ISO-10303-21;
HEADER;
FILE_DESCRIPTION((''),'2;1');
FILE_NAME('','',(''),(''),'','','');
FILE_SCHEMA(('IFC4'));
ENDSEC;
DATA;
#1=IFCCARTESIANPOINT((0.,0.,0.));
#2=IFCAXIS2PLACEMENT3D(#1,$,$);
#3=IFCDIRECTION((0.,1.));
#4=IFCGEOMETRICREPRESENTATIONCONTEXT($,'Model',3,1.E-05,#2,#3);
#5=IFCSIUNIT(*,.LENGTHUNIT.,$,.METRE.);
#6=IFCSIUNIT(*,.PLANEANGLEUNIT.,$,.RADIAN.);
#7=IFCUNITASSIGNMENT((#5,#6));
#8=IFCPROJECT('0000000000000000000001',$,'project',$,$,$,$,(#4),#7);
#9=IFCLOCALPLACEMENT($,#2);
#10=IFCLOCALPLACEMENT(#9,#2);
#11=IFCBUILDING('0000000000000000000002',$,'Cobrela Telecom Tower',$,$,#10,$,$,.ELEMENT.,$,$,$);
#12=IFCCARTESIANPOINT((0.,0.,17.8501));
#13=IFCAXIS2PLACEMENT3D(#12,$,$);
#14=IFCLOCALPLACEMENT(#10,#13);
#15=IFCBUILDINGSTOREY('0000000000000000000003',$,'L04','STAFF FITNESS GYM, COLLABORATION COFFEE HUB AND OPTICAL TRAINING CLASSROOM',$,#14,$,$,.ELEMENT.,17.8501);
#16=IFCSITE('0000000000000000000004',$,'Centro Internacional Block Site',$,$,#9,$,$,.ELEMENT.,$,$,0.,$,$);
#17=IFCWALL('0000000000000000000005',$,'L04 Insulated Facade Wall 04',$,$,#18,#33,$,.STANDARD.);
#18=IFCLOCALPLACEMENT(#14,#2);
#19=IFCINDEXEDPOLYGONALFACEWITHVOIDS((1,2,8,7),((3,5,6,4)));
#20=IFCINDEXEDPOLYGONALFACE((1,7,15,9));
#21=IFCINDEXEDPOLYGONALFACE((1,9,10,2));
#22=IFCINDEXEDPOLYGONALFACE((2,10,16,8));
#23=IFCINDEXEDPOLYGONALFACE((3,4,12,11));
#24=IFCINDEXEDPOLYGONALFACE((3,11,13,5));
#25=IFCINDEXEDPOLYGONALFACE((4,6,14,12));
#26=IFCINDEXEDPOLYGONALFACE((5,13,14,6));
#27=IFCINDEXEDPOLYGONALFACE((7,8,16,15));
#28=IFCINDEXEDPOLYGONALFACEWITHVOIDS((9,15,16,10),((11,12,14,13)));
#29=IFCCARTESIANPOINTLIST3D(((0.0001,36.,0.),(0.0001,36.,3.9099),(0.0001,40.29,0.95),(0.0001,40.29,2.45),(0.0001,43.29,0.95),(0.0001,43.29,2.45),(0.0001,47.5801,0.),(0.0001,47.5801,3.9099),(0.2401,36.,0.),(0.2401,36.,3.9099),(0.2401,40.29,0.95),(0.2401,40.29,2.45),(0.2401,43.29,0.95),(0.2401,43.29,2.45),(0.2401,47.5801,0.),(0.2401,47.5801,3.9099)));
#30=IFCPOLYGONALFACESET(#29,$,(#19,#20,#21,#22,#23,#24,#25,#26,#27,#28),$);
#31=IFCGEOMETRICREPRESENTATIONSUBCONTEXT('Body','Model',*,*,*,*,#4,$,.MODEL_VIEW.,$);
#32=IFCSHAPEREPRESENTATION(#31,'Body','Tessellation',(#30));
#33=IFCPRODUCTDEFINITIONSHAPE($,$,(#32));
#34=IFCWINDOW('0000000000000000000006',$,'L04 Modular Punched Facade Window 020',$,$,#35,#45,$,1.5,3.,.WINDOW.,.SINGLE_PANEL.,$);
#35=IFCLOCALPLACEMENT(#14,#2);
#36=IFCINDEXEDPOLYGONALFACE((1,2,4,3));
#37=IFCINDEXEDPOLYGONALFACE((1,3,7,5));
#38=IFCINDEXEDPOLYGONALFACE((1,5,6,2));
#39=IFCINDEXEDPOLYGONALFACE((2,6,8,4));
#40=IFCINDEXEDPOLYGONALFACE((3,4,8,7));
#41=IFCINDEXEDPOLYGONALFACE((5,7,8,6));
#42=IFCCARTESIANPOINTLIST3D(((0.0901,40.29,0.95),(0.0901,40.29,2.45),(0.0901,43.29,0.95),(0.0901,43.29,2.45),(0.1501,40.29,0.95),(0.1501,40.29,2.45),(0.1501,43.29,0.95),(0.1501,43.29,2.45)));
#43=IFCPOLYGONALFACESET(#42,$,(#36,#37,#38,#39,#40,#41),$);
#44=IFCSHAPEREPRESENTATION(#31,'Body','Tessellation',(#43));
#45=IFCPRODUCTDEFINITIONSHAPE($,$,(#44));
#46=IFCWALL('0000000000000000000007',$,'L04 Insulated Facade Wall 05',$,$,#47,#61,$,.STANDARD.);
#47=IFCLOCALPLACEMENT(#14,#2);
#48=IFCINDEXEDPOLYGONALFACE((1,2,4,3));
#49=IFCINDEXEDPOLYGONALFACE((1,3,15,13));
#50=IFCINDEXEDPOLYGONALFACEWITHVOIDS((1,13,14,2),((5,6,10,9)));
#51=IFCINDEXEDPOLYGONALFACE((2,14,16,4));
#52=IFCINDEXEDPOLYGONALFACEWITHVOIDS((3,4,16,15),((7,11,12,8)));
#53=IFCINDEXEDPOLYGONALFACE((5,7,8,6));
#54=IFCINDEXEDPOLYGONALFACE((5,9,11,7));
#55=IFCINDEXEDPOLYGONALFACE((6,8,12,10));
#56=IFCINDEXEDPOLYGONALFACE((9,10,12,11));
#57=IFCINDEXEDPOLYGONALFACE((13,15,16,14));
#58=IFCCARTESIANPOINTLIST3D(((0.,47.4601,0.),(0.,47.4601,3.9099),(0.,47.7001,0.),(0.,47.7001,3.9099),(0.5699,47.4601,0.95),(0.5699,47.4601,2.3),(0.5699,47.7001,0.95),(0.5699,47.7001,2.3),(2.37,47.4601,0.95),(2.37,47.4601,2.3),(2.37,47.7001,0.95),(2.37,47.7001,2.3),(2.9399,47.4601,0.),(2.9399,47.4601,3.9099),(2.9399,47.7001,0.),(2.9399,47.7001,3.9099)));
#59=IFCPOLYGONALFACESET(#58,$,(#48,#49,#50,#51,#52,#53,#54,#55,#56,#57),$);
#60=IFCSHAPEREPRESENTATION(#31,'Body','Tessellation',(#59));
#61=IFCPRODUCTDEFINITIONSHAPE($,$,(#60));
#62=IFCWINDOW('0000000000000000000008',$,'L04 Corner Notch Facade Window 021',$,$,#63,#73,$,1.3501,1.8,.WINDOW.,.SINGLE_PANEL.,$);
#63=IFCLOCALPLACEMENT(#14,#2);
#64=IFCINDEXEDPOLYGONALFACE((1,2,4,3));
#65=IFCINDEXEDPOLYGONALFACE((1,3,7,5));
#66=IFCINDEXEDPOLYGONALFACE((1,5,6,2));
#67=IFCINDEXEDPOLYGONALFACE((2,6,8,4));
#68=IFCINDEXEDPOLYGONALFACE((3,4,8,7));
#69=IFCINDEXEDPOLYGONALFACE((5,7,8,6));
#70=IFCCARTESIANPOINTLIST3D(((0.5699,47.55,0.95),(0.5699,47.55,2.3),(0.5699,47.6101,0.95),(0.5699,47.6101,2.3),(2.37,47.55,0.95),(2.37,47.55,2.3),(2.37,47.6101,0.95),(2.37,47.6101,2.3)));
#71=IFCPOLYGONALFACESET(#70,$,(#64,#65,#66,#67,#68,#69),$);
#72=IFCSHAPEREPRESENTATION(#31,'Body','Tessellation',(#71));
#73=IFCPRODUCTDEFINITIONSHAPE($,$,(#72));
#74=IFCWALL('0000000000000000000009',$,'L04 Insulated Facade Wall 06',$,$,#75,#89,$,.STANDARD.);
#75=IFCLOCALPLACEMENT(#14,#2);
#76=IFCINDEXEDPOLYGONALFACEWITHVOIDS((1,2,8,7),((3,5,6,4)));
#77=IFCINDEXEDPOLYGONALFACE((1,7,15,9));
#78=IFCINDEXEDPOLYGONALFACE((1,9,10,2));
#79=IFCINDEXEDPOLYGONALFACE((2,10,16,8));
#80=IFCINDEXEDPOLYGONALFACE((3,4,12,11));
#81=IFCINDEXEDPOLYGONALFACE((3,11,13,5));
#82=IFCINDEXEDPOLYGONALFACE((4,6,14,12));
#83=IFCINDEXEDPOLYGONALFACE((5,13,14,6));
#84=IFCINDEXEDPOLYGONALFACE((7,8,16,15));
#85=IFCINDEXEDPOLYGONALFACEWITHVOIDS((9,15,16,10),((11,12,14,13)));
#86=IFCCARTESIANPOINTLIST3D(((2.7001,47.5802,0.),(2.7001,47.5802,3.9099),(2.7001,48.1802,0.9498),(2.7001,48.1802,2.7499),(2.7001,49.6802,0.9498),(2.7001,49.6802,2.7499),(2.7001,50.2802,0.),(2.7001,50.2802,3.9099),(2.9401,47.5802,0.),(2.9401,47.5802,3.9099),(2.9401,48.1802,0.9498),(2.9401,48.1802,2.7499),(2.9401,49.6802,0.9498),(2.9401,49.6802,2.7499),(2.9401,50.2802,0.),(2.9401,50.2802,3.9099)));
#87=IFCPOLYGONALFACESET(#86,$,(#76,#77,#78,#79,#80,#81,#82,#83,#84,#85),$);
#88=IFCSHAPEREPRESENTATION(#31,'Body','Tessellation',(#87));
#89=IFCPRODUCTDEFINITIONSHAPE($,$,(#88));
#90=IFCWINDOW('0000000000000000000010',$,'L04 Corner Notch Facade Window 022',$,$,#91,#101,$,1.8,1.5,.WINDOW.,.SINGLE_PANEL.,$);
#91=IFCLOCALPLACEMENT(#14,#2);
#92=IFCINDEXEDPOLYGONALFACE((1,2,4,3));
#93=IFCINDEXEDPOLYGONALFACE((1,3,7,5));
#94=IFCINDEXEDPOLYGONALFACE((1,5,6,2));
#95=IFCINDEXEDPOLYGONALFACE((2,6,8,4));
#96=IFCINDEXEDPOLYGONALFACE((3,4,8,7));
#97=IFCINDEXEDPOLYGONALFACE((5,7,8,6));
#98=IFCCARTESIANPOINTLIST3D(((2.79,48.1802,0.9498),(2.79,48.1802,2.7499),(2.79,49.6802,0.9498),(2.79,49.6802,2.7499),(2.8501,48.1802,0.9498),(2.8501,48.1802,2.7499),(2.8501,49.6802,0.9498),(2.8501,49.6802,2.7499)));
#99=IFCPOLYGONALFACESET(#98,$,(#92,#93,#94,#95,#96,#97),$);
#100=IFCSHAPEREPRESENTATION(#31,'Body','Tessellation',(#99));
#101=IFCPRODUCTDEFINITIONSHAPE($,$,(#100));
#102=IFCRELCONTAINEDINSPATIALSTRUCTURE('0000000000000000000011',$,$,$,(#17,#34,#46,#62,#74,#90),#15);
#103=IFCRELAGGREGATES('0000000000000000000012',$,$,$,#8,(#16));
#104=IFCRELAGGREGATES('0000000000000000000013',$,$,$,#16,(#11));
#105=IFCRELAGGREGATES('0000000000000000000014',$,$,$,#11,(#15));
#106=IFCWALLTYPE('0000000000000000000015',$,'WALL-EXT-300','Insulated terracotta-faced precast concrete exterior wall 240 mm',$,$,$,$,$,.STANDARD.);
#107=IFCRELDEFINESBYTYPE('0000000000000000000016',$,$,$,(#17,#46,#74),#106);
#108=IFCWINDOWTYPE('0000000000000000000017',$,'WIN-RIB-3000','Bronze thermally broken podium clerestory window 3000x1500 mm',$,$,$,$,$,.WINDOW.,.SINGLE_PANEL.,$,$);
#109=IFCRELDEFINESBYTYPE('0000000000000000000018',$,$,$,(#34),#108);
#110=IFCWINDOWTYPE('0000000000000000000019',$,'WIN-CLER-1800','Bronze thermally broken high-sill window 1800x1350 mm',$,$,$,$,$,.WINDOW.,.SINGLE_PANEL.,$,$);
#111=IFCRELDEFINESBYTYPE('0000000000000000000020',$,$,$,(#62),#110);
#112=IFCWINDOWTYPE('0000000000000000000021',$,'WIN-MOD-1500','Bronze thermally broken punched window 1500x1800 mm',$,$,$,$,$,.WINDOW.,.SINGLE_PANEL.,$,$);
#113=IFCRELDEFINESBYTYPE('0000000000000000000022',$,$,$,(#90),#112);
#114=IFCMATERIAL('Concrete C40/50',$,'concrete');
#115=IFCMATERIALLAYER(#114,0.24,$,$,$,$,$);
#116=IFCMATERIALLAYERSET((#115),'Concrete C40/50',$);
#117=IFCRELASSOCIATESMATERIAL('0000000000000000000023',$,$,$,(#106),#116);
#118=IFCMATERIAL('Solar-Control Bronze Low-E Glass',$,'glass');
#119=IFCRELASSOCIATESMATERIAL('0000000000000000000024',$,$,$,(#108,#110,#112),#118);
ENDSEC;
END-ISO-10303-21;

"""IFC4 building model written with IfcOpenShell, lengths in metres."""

from ifc_helpers import new_model, si_unit, direction, frame, frame_2d, origin, place, context, subcontext, project, spatial, rectangle, extrude, material, layer, layer_set, type_object, element, fill, save


model = new_model("IFC4")

# Units and contexts
model_context = context("Model", 3, precision=1e-05, world=origin(), true_north=direction((0.0, 1.0)))
body_context = subcontext(model_context, "Body", "Model", "MODEL_VIEW")
ifc_project = project(units=[si_unit("LENGTHUNIT", "METRE"), si_unit("PLANEANGLEUNIT", "RADIAN")], contexts=[model_context])

# Site, building, storey
site_placement = place(None, origin())
site = spatial("IfcSite", under=ifc_project, at=site_placement, Name="Centro Internacional Block Site", CompositionType="ELEMENT", RefElevation=0.0)
building_placement = place(site_placement, origin())
building = spatial("IfcBuilding", under=site, at=building_placement, Name="Cobrela Telecom Tower", CompositionType="ELEMENT")
storey_placement = place(building_placement, frame((0.0, 0.0, 17.8501)))
storey = spatial("IfcBuildingStorey", under=building, at=storey_placement, Name="L04", Description="STAFF FITNESS GYM, COLLABORATION COFFEE HUB AND OPTICAL TRAINING CLASSROOM", CompositionType="ELEMENT", Elevation=17.8501)

# Shared definitions
ifc_material_1 = material(Name="Concrete C40/50", Category="concrete")

# Shared definitions
ifc_material_2 = material(Name="Solar-Control Bronze Low-E Glass", Category="glass")

# Walls, openings, windows
ifc_layer_1 = layer(ifc_material_1, 0.24)
ifc_layer_set_1 = layer_set([ifc_layer_1], Name="Concrete C40/50")
wall_type = type_object("IfcWallType", Name="WALL-EXT-300", Description="Insulated terracotta-faced precast concrete exterior wall 240 mm", PredefinedType="STANDARD", material=ifc_layer_set_1)
wall_1_placement = place(storey_placement, frame((0.1201, 36.0, 0.0), z_axis=(0.0, 0.0, 1.0), x_axis=(0.0, 1.0, 0.0)))
wall_1 = element("IfcWall", 1, at=wall_1_placement, inside=storey, type_object=wall_type, Name="L04 Insulated Facade Wall 04", PredefinedType="STANDARD", context=body_context, shape_type="SweptSolid", body=[
    extrude(rectangle(XDim=11.5801, YDim=0.24, at=frame_2d((5.79, 0.0))), origin(), (0.0, 0.0, 1.0), 3.9099),
])
opening_1_placement = place(wall_1_placement, frame((4.29, 0.0, 0.95)))
opening_1 = element("IfcOpeningElement", 2, at=opening_1_placement, cuts=wall_1, PredefinedType="OPENING", context=body_context, shape_type="SweptSolid", body=[
    extrude(rectangle(XDim=3.0, YDim=1.5, at=frame_2d((1.5, 0.75))), frame((0.0, 0.1318, 0.0), z_axis=(0.0, -1.0, 0.0), x_axis=(1.0, 0.0, 0.0)), (0.0, 0.0, 1.0), 0.2639),
])
window_type_1 = type_object("IfcWindowType", Name="WIN-RIB-3000", Description="Bronze thermally broken podium clerestory window 3000x1500 mm", PartitioningType="SINGLE_PANEL", PredefinedType="WINDOW", material=ifc_material_2)
window_1_placement = place(opening_1_placement, origin())
window_1 = element("IfcWindow", 3, at=window_1_placement, inside=storey, type_object=window_type_1, Name="L04 Modular Punched Facade Window 020", OverallHeight=1.5, OverallWidth=3.0, PartitioningType="SINGLE_PANEL", PredefinedType="WINDOW", context=body_context, shape_type="SweptSolid", body=[
    extrude(rectangle(XDim=3.0, YDim=1.5, at=frame_2d((1.5, 0.75))), frame((0.0, 0.03, 0.0), z_axis=(0.0, -1.0, 0.0), x_axis=(1.0, 0.0, 0.0)), (0.0, 0.0, 1.0), 0.0601),
])
fill(opening_1, window_1)
wall_2_placement = place(storey_placement, frame((0.0, 47.5801, 0.0), z_axis=(0.0, 0.0, 1.0), x_axis=(1.0, 0.0, 0.0)))
wall_2 = element("IfcWall", 4, at=wall_2_placement, inside=storey, type_object=wall_type, Name="L04 Insulated Facade Wall 05", PredefinedType="STANDARD", context=body_context, shape_type="SweptSolid", body=[
    extrude(rectangle(XDim=2.9399, YDim=0.24, at=frame_2d((1.47, 0.0))), origin(), (0.0, 0.0, 1.0), 3.9099),
])
opening_2_placement = place(wall_2_placement, frame((0.5701, 0.0, 0.95)))
opening_2 = element("IfcOpeningElement", 5, at=opening_2_placement, cuts=wall_2, PredefinedType="OPENING", context=body_context, shape_type="SweptSolid", body=[
    extrude(rectangle(XDim=1.8, YDim=1.3501, at=frame_2d((0.8999, 0.675))), frame((0.0, 0.1318, 0.0), z_axis=(0.0, -1.0, 0.0), x_axis=(1.0, 0.0, 0.0)), (0.0, 0.0, 1.0), 0.2639),
])
window_type_2 = type_object("IfcWindowType", Name="WIN-CLER-1800", Description="Bronze thermally broken high-sill window 1800x1350 mm", PartitioningType="SINGLE_PANEL", PredefinedType="WINDOW", material=ifc_material_2)
window_2_placement = place(opening_2_placement, origin())
window_2 = element("IfcWindow", 6, at=window_2_placement, inside=storey, type_object=window_type_2, Name="L04 Corner Notch Facade Window 021", OverallHeight=1.3501, OverallWidth=1.8, PartitioningType="SINGLE_PANEL", PredefinedType="WINDOW", context=body_context, shape_type="SweptSolid", body=[
    extrude(rectangle(XDim=1.8, YDim=1.3501, at=frame_2d((0.8999, 0.675))), frame((0.0, 0.03, 0.0), z_axis=(0.0, -1.0, 0.0), x_axis=(1.0, 0.0, 0.0)), (0.0, 0.0, 1.0), 0.0601),
])
fill(opening_2, window_2)
wall_3_placement = place(storey_placement, frame((2.8201, 47.5801, 0.0), z_axis=(0.0, 0.0, 1.0), x_axis=(0.0, 1.0, 0.0)))
wall_3 = element("IfcWall", 7, at=wall_3_placement, inside=storey, type_object=wall_type, Name="L04 Insulated Facade Wall 06", PredefinedType="STANDARD", context=body_context, shape_type="SweptSolid", body=[
    extrude(rectangle(XDim=2.7, YDim=0.24, at=frame_2d((1.3501, 0.0))), origin(), (0.0, 0.0, 1.0), 3.9099),
])
opening_3_placement = place(wall_3_placement, frame((0.6001, 0.0, 0.95)))
opening_3 = element("IfcOpeningElement", 8, at=opening_3_placement, cuts=wall_3, PredefinedType="OPENING", context=body_context, shape_type="SweptSolid", body=[
    extrude(rectangle(XDim=1.5, YDim=1.8, at=frame_2d((0.75, 0.8999))), frame((0.0, 0.1318, 0.0), z_axis=(0.0, -1.0, 0.0), x_axis=(1.0, 0.0, 0.0)), (0.0, 0.0, 1.0), 0.2639),
])
window_type_3 = type_object("IfcWindowType", Name="WIN-MOD-1500", Description="Bronze thermally broken punched window 1500x1800 mm", PartitioningType="SINGLE_PANEL", PredefinedType="WINDOW", material=ifc_material_2)
window_3_placement = place(opening_3_placement, origin())
window_3 = element("IfcWindow", 9, at=window_3_placement, inside=storey, type_object=window_type_3, Name="L04 Corner Notch Facade Window 022", OverallHeight=1.8, OverallWidth=1.5, PartitioningType="SINGLE_PANEL", PredefinedType="WINDOW", context=body_context, shape_type="SweptSolid", body=[
    extrude(rectangle(XDim=1.5, YDim=1.8, at=frame_2d((0.75, 0.8999))), frame((0.0, 0.03, 0.0), z_axis=(0.0, -1.0, 0.0), x_axis=(1.0, 0.0, 0.0)), (0.0, 0.0, 1.0), 0.0601),
])
fill(opening_3, window_3)

save(model, "model.ifc")
